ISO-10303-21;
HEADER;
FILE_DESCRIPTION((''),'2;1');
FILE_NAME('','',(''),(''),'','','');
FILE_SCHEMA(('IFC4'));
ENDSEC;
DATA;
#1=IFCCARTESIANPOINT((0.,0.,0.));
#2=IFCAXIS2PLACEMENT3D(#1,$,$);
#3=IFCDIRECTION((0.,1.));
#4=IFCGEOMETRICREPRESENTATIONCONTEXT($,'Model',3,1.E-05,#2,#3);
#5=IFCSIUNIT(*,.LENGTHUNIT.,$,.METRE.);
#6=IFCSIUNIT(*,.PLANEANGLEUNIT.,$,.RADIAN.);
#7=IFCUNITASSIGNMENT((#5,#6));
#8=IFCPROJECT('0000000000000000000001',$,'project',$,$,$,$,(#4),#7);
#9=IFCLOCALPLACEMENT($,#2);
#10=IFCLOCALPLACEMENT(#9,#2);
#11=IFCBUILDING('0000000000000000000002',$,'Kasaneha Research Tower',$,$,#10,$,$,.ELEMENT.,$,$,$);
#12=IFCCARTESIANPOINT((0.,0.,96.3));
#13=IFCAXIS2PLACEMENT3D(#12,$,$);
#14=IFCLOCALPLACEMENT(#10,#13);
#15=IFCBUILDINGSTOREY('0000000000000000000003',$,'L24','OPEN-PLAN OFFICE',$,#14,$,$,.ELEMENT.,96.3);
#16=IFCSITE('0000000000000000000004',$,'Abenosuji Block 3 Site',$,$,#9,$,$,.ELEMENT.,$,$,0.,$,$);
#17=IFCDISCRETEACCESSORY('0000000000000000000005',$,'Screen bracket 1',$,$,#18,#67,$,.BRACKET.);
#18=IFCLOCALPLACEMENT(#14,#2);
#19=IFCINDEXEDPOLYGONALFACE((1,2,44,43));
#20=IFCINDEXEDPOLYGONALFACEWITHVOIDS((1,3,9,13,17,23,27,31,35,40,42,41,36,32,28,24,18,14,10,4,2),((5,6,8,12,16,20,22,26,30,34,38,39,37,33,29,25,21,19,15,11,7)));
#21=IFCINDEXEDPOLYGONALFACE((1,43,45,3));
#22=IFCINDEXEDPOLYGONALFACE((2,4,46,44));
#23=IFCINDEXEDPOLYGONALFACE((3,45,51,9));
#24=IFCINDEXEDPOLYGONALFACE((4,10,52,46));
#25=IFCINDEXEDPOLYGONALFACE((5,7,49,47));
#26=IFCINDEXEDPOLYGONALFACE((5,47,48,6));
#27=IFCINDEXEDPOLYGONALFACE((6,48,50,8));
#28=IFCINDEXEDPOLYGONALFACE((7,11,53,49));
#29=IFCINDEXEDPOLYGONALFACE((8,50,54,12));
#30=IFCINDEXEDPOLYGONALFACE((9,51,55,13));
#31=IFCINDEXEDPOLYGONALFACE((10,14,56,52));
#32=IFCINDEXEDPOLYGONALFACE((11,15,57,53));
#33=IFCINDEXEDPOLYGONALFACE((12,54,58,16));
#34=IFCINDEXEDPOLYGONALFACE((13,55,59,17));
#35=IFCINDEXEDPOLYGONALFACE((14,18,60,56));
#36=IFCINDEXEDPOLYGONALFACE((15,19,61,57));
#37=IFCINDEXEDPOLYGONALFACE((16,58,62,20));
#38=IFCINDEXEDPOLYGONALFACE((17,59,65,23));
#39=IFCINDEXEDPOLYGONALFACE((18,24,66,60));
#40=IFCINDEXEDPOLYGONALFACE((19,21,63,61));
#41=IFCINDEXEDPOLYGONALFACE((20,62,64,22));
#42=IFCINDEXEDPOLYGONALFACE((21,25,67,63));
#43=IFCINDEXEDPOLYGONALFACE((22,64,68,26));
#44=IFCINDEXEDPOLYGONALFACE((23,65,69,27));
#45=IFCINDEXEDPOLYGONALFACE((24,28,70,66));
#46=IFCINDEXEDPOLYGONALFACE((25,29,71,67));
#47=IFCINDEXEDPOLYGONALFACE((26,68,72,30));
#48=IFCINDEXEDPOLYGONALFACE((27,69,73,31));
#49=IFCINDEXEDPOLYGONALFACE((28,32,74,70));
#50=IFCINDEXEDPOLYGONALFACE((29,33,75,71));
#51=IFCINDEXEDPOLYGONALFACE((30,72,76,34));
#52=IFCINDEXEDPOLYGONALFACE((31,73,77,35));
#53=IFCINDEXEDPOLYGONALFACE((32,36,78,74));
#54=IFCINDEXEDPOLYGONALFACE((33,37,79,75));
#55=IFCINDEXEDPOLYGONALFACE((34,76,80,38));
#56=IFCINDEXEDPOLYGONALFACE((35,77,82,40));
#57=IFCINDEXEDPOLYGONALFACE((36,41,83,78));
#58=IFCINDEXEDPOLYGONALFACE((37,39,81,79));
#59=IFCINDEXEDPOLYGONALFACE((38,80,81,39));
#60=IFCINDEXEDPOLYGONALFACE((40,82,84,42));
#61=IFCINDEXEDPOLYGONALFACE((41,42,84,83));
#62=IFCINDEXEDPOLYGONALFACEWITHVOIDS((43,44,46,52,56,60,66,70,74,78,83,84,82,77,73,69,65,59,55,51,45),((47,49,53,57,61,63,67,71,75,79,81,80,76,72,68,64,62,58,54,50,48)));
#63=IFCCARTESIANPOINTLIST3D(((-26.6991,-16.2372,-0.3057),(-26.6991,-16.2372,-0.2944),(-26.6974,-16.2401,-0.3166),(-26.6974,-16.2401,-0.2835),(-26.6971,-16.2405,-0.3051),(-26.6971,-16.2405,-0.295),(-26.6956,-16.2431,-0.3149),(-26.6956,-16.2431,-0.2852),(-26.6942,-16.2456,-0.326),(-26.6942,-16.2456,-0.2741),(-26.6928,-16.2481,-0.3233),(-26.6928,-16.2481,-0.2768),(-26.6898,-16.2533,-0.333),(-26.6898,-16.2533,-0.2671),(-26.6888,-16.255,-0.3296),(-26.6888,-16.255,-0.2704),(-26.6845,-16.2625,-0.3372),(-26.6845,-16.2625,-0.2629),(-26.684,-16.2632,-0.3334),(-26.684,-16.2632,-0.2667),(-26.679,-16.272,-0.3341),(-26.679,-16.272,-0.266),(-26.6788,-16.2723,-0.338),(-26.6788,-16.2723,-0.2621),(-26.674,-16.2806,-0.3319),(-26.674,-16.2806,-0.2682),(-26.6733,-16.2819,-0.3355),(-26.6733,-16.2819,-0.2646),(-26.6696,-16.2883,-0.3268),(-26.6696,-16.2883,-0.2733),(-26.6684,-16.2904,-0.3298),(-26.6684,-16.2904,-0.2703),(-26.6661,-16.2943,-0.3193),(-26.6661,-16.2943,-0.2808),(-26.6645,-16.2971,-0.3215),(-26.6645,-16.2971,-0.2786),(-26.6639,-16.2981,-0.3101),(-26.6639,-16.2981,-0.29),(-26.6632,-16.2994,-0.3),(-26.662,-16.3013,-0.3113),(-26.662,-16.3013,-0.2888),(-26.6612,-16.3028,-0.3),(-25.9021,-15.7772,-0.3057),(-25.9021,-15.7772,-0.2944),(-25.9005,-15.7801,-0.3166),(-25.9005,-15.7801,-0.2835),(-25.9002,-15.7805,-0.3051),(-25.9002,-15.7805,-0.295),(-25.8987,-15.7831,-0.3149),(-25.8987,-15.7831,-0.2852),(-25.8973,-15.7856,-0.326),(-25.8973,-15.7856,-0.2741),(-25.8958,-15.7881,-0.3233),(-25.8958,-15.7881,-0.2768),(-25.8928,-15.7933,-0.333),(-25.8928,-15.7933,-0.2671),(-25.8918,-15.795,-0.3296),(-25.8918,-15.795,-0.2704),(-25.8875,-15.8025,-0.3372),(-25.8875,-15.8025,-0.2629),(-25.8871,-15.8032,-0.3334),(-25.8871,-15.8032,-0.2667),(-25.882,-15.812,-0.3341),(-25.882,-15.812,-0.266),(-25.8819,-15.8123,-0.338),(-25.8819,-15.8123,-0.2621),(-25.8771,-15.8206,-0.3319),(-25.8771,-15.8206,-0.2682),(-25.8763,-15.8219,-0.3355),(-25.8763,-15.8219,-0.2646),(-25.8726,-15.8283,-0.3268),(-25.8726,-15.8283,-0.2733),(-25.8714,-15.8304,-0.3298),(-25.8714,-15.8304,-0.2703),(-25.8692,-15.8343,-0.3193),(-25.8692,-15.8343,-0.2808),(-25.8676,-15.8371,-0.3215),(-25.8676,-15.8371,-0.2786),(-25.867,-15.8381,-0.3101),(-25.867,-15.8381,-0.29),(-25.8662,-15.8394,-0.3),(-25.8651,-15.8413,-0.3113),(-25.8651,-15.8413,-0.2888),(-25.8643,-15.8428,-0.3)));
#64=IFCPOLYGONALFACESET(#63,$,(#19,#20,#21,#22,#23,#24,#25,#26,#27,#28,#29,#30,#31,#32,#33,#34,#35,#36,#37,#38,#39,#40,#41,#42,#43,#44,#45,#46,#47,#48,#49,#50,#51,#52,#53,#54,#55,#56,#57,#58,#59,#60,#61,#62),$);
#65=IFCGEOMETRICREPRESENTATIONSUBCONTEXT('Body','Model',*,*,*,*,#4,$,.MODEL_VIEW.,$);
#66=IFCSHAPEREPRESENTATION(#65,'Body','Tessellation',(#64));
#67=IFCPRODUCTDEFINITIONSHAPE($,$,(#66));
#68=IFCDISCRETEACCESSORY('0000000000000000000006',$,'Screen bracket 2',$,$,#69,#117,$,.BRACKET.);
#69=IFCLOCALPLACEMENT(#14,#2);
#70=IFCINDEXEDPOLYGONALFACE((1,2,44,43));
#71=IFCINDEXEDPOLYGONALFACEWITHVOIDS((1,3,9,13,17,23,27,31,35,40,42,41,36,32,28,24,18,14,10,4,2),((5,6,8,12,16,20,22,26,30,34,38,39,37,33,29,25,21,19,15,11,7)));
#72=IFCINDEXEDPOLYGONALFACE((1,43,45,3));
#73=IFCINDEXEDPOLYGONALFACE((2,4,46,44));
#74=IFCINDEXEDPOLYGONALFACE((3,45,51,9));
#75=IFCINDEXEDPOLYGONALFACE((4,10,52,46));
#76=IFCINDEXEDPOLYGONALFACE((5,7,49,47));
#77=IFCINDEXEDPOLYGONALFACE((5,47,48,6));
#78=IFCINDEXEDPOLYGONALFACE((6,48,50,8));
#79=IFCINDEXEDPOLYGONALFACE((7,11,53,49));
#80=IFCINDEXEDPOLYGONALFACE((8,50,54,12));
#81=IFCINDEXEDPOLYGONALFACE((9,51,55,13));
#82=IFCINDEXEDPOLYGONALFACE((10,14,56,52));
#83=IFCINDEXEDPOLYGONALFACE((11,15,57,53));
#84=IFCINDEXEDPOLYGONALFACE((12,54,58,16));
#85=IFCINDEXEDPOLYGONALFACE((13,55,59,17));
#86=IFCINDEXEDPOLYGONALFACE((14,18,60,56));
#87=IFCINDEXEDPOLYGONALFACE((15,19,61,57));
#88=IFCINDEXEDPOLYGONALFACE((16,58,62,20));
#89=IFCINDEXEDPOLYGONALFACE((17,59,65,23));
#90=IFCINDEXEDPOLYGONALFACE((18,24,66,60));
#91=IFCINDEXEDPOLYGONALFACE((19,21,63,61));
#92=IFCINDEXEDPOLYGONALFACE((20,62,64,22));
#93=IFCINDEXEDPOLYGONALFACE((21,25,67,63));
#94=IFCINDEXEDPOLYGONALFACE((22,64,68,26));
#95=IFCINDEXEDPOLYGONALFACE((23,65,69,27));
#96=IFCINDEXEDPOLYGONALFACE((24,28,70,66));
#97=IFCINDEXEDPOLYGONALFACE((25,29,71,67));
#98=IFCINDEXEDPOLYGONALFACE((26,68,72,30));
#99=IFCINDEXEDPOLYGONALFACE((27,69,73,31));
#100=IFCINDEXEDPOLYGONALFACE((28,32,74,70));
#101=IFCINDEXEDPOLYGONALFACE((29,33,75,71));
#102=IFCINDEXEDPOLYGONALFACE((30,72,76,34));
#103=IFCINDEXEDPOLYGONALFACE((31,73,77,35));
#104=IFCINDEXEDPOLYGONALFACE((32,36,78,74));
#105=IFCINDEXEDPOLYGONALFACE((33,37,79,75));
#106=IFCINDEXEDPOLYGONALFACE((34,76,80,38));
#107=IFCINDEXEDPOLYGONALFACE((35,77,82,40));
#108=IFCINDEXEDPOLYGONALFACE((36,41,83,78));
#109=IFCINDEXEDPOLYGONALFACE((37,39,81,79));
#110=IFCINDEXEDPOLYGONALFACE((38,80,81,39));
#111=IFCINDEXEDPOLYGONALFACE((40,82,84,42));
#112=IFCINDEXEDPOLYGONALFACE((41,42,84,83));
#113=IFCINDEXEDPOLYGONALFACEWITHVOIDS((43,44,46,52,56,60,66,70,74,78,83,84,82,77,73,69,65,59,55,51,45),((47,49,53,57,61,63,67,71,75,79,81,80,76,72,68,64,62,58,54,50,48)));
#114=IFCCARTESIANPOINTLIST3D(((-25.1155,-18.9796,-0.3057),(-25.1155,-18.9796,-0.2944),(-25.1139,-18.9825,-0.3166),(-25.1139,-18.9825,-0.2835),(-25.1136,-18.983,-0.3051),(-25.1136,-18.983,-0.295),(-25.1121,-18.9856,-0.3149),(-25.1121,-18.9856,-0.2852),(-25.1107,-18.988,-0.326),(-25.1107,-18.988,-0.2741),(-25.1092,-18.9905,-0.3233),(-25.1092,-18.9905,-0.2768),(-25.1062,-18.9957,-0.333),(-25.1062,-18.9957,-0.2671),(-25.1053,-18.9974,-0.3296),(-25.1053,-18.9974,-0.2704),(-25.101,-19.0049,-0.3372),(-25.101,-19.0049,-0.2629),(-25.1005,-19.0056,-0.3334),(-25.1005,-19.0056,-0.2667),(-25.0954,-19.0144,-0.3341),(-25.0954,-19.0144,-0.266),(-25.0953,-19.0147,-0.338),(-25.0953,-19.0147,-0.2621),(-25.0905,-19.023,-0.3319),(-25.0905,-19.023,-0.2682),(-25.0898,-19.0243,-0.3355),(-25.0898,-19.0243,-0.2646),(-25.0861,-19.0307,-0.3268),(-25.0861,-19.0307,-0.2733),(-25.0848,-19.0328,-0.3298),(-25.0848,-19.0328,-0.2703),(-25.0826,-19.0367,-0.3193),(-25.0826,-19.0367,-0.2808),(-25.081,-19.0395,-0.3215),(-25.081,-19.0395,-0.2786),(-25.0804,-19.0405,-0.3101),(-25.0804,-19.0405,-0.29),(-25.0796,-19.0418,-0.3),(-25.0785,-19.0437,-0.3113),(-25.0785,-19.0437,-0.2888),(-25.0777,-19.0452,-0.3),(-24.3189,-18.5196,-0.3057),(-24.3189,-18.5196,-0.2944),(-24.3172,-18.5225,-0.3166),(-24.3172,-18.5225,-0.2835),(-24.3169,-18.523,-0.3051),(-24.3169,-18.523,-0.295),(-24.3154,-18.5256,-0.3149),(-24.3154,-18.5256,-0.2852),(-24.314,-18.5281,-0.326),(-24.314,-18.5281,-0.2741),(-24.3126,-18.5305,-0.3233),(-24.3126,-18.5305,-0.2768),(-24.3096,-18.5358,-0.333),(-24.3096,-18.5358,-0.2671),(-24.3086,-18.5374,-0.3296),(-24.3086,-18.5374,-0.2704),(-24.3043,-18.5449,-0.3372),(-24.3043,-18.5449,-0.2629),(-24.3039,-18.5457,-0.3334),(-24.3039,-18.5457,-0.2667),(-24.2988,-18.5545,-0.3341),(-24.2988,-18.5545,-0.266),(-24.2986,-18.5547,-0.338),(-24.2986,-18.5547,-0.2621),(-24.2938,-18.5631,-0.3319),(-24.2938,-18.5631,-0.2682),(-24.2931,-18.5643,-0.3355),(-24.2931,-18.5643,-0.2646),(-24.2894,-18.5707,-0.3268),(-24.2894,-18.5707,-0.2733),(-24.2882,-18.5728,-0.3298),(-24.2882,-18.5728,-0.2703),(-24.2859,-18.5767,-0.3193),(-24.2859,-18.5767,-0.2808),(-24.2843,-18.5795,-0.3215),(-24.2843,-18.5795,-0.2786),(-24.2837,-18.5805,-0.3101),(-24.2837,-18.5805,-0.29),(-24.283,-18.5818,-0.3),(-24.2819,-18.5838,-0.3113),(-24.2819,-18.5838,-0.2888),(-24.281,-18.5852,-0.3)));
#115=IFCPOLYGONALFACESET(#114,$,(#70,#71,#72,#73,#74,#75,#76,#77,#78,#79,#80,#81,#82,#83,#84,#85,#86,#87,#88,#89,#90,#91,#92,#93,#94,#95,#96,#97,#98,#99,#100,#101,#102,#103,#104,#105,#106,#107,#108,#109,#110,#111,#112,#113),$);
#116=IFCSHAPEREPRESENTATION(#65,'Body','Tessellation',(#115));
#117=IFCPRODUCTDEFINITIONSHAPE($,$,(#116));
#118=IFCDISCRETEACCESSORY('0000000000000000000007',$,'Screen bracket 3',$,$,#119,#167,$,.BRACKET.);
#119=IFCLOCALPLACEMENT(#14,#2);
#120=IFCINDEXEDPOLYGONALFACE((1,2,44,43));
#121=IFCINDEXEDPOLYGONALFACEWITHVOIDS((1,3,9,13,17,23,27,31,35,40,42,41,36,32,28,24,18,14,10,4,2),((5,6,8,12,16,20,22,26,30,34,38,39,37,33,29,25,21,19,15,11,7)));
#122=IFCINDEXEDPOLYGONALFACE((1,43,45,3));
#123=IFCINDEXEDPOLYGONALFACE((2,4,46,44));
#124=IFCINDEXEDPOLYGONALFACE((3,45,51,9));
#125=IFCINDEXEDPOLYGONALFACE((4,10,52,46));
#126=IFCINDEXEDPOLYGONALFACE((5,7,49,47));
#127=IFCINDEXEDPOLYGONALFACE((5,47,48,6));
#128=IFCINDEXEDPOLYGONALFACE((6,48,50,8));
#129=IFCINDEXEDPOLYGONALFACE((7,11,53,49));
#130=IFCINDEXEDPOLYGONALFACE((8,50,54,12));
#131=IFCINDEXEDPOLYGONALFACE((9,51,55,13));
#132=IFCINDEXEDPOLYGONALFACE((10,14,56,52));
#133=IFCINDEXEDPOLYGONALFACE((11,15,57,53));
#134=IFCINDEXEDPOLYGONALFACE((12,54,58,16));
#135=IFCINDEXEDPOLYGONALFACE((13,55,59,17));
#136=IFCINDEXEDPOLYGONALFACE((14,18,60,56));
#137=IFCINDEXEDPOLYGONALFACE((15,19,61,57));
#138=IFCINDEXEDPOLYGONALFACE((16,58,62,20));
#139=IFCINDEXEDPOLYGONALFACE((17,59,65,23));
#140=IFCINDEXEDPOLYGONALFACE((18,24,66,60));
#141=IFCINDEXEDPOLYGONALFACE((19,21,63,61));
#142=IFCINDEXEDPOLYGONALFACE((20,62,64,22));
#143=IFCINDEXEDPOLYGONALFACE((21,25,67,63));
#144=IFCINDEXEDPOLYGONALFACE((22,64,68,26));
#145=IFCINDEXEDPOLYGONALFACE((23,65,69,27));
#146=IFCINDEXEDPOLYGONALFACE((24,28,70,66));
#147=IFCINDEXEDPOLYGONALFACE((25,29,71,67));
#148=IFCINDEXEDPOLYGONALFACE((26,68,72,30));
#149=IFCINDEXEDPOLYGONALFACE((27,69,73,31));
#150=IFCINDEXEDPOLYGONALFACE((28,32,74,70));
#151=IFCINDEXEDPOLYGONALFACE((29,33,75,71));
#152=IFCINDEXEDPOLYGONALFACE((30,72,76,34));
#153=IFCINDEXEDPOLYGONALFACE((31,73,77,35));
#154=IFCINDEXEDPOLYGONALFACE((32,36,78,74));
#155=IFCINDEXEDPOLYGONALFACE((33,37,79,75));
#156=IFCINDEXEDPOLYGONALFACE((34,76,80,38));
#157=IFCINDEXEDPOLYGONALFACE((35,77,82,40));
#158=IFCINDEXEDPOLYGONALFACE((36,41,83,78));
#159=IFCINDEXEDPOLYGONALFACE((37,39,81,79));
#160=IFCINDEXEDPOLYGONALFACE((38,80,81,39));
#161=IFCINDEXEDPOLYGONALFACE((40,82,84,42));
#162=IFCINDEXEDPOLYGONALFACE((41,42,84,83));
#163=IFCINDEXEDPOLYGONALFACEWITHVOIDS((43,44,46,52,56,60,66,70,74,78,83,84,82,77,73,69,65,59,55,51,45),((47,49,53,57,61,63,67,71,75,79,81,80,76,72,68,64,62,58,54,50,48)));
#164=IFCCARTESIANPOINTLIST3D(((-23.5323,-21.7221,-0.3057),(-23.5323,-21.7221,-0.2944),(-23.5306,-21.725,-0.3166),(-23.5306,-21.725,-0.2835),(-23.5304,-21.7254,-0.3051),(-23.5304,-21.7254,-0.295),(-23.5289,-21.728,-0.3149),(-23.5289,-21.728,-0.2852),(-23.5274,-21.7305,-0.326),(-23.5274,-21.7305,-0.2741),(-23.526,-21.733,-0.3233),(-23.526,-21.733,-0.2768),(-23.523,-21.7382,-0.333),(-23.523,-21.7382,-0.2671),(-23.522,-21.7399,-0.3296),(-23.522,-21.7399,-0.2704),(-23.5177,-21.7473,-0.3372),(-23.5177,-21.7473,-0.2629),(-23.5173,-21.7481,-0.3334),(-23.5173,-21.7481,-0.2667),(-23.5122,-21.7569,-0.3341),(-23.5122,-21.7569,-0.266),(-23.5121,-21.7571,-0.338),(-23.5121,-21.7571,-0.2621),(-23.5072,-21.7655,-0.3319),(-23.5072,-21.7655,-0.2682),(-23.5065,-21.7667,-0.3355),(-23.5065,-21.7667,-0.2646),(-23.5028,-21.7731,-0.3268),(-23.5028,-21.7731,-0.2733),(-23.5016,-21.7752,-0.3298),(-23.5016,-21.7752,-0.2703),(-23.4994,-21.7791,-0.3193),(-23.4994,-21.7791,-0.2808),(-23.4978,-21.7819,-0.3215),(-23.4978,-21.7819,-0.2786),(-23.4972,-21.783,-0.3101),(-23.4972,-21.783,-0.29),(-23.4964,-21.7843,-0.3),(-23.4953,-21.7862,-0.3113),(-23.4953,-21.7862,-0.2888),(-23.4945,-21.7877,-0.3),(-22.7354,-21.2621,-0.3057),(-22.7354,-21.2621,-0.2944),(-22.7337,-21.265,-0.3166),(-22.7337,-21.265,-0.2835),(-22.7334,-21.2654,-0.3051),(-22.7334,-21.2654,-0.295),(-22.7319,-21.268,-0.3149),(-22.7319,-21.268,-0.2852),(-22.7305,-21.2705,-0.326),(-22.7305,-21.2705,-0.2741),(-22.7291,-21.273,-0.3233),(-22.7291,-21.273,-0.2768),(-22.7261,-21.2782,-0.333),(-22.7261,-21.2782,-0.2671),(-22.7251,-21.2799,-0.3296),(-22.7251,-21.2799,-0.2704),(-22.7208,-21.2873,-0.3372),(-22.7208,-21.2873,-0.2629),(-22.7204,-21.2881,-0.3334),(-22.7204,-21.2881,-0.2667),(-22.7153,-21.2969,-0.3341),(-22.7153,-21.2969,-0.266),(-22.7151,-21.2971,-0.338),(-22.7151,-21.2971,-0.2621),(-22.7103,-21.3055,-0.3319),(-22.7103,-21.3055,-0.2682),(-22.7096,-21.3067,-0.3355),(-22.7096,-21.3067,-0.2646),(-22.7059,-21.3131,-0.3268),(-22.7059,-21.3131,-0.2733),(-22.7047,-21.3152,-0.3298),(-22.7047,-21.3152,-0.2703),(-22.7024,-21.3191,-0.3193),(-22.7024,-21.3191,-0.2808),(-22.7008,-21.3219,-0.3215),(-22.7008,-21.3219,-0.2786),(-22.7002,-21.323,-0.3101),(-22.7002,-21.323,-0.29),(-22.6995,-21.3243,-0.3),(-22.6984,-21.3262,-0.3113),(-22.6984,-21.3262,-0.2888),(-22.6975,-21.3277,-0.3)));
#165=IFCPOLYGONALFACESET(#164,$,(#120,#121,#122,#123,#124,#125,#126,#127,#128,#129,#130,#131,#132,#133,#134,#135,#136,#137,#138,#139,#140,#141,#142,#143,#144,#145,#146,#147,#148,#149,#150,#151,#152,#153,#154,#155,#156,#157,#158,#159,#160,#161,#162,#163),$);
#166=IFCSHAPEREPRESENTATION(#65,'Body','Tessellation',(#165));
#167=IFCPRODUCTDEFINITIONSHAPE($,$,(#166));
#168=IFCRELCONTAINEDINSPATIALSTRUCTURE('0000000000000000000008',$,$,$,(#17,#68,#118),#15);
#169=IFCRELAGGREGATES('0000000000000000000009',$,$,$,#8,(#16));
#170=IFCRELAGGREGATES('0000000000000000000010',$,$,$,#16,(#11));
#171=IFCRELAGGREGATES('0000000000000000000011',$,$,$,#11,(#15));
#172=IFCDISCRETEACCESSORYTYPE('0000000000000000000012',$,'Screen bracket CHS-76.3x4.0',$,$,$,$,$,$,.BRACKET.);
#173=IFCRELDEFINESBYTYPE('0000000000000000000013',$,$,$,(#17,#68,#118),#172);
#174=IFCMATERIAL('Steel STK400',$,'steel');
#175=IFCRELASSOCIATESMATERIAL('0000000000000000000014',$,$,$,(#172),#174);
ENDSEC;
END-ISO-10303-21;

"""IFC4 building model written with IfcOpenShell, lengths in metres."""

from ifc_helpers import new_model, si_unit, direction, frame, origin, origin_2d, place, context, subcontext, project, spatial, hollow_circle, extrude, material, material_profile, profile_set, type_object, element, save


model = new_model("IFC4")

# Units and contexts
model_context = context("Model", 3, precision=1e-05, world=origin(), true_north=direction((0.0, 1.0)))
body_context = subcontext(model_context, "Body", "Model", "MODEL_VIEW")
ifc_project = project(units=[si_unit("LENGTHUNIT", "METRE"), si_unit("PLANEANGLEUNIT", "RADIAN")], contexts=[model_context])

# Site, building, storey
site_placement = place(None, origin())
site = spatial("IfcSite", under=ifc_project, at=site_placement, Name="Abenosuji Block 3 Site", CompositionType="ELEMENT", RefElevation=0.0)
building_placement = place(site_placement, origin())
building = spatial("IfcBuilding", under=site, at=building_placement, Name="Kasaneha Research Tower", CompositionType="ELEMENT")
storey_placement = place(building_placement, frame((0.0, 0.0, 96.3)))
storey = spatial("IfcBuildingStorey", under=building, at=storey_placement, Name="L24", Description="OPEN-PLAN OFFICE", CompositionType="ELEMENT", Elevation=96.3)

# Discrete accessories
ifc_material_1 = material(Name="Steel STK400", Category="steel")
ifc_material_profile_1 = material_profile(ifc_material_1, hollow_circle(Radius=0.0381, WallThickness=0.0039, at=origin_2d()), Name="CHS-76.3x4.0")
ifc_profile_set_1 = profile_set([ifc_material_profile_1], Name="Steel STK400")
discrete_accessory_type = type_object("IfcDiscreteAccessoryType", Name="Screen bracket CHS-76.3x4.0", PredefinedType="BRACKET", material=ifc_profile_set_1)
for number, where, z_axis, x_axis, name in (
    (1, (-25.8833, -15.8098, -0.3), (-0.86608, -0.499906, 0.0), (0.499906, -0.86608, 0.0), "Screen bracket 1"),
):
    element("IfcDiscreteAccessory", number, at=place(storey_placement, frame(where, z_axis=z_axis, x_axis=x_axis)), inside=storey, type_object=discrete_accessory_type, Name=name, PredefinedType="BRACKET", context=body_context, shape_type="SweptSolid", body=[
        extrude(hollow_circle(Radius=0.0381, WallThickness=0.0039, at=origin_2d()), origin(), (0.0, 0.0, 1.0), 0.9202),
    ])
discrete_accessory_placement = place(storey_placement, frame((-24.3, -18.5522, -0.3), z_axis=(-0.866013, -0.500021, 0.0), x_axis=(0.500021, -0.866013, 0.0)))
element("IfcDiscreteAccessory", 2, at=discrete_accessory_placement, inside=storey, type_object=discrete_accessory_type, Name="Screen bracket 2", PredefinedType="BRACKET", context=body_context, shape_type="SweptSolid", body=[
    extrude(hollow_circle(Radius=0.0381, WallThickness=0.0039, at=origin_2d()), origin(), (0.0, 0.0, 1.0), 0.9199),
])
for number, where, z_axis, x_axis, name in (
    (3, (-22.7166, -21.2947, -0.3), (-0.86608, -0.499906, 0.0), (0.499906, -0.86608, 0.0), "Screen bracket 3"),
):
    element("IfcDiscreteAccessory", number, at=place(storey_placement, frame(where, z_axis=z_axis, x_axis=x_axis)), inside=storey, type_object=discrete_accessory_type, Name=name, PredefinedType="BRACKET", context=body_context, shape_type="SweptSolid", body=[
        extrude(hollow_circle(Radius=0.0381, WallThickness=0.0039, at=origin_2d()), origin(), (0.0, 0.0, 1.0), 0.9202),
    ])

save(model, "model.ifc")
